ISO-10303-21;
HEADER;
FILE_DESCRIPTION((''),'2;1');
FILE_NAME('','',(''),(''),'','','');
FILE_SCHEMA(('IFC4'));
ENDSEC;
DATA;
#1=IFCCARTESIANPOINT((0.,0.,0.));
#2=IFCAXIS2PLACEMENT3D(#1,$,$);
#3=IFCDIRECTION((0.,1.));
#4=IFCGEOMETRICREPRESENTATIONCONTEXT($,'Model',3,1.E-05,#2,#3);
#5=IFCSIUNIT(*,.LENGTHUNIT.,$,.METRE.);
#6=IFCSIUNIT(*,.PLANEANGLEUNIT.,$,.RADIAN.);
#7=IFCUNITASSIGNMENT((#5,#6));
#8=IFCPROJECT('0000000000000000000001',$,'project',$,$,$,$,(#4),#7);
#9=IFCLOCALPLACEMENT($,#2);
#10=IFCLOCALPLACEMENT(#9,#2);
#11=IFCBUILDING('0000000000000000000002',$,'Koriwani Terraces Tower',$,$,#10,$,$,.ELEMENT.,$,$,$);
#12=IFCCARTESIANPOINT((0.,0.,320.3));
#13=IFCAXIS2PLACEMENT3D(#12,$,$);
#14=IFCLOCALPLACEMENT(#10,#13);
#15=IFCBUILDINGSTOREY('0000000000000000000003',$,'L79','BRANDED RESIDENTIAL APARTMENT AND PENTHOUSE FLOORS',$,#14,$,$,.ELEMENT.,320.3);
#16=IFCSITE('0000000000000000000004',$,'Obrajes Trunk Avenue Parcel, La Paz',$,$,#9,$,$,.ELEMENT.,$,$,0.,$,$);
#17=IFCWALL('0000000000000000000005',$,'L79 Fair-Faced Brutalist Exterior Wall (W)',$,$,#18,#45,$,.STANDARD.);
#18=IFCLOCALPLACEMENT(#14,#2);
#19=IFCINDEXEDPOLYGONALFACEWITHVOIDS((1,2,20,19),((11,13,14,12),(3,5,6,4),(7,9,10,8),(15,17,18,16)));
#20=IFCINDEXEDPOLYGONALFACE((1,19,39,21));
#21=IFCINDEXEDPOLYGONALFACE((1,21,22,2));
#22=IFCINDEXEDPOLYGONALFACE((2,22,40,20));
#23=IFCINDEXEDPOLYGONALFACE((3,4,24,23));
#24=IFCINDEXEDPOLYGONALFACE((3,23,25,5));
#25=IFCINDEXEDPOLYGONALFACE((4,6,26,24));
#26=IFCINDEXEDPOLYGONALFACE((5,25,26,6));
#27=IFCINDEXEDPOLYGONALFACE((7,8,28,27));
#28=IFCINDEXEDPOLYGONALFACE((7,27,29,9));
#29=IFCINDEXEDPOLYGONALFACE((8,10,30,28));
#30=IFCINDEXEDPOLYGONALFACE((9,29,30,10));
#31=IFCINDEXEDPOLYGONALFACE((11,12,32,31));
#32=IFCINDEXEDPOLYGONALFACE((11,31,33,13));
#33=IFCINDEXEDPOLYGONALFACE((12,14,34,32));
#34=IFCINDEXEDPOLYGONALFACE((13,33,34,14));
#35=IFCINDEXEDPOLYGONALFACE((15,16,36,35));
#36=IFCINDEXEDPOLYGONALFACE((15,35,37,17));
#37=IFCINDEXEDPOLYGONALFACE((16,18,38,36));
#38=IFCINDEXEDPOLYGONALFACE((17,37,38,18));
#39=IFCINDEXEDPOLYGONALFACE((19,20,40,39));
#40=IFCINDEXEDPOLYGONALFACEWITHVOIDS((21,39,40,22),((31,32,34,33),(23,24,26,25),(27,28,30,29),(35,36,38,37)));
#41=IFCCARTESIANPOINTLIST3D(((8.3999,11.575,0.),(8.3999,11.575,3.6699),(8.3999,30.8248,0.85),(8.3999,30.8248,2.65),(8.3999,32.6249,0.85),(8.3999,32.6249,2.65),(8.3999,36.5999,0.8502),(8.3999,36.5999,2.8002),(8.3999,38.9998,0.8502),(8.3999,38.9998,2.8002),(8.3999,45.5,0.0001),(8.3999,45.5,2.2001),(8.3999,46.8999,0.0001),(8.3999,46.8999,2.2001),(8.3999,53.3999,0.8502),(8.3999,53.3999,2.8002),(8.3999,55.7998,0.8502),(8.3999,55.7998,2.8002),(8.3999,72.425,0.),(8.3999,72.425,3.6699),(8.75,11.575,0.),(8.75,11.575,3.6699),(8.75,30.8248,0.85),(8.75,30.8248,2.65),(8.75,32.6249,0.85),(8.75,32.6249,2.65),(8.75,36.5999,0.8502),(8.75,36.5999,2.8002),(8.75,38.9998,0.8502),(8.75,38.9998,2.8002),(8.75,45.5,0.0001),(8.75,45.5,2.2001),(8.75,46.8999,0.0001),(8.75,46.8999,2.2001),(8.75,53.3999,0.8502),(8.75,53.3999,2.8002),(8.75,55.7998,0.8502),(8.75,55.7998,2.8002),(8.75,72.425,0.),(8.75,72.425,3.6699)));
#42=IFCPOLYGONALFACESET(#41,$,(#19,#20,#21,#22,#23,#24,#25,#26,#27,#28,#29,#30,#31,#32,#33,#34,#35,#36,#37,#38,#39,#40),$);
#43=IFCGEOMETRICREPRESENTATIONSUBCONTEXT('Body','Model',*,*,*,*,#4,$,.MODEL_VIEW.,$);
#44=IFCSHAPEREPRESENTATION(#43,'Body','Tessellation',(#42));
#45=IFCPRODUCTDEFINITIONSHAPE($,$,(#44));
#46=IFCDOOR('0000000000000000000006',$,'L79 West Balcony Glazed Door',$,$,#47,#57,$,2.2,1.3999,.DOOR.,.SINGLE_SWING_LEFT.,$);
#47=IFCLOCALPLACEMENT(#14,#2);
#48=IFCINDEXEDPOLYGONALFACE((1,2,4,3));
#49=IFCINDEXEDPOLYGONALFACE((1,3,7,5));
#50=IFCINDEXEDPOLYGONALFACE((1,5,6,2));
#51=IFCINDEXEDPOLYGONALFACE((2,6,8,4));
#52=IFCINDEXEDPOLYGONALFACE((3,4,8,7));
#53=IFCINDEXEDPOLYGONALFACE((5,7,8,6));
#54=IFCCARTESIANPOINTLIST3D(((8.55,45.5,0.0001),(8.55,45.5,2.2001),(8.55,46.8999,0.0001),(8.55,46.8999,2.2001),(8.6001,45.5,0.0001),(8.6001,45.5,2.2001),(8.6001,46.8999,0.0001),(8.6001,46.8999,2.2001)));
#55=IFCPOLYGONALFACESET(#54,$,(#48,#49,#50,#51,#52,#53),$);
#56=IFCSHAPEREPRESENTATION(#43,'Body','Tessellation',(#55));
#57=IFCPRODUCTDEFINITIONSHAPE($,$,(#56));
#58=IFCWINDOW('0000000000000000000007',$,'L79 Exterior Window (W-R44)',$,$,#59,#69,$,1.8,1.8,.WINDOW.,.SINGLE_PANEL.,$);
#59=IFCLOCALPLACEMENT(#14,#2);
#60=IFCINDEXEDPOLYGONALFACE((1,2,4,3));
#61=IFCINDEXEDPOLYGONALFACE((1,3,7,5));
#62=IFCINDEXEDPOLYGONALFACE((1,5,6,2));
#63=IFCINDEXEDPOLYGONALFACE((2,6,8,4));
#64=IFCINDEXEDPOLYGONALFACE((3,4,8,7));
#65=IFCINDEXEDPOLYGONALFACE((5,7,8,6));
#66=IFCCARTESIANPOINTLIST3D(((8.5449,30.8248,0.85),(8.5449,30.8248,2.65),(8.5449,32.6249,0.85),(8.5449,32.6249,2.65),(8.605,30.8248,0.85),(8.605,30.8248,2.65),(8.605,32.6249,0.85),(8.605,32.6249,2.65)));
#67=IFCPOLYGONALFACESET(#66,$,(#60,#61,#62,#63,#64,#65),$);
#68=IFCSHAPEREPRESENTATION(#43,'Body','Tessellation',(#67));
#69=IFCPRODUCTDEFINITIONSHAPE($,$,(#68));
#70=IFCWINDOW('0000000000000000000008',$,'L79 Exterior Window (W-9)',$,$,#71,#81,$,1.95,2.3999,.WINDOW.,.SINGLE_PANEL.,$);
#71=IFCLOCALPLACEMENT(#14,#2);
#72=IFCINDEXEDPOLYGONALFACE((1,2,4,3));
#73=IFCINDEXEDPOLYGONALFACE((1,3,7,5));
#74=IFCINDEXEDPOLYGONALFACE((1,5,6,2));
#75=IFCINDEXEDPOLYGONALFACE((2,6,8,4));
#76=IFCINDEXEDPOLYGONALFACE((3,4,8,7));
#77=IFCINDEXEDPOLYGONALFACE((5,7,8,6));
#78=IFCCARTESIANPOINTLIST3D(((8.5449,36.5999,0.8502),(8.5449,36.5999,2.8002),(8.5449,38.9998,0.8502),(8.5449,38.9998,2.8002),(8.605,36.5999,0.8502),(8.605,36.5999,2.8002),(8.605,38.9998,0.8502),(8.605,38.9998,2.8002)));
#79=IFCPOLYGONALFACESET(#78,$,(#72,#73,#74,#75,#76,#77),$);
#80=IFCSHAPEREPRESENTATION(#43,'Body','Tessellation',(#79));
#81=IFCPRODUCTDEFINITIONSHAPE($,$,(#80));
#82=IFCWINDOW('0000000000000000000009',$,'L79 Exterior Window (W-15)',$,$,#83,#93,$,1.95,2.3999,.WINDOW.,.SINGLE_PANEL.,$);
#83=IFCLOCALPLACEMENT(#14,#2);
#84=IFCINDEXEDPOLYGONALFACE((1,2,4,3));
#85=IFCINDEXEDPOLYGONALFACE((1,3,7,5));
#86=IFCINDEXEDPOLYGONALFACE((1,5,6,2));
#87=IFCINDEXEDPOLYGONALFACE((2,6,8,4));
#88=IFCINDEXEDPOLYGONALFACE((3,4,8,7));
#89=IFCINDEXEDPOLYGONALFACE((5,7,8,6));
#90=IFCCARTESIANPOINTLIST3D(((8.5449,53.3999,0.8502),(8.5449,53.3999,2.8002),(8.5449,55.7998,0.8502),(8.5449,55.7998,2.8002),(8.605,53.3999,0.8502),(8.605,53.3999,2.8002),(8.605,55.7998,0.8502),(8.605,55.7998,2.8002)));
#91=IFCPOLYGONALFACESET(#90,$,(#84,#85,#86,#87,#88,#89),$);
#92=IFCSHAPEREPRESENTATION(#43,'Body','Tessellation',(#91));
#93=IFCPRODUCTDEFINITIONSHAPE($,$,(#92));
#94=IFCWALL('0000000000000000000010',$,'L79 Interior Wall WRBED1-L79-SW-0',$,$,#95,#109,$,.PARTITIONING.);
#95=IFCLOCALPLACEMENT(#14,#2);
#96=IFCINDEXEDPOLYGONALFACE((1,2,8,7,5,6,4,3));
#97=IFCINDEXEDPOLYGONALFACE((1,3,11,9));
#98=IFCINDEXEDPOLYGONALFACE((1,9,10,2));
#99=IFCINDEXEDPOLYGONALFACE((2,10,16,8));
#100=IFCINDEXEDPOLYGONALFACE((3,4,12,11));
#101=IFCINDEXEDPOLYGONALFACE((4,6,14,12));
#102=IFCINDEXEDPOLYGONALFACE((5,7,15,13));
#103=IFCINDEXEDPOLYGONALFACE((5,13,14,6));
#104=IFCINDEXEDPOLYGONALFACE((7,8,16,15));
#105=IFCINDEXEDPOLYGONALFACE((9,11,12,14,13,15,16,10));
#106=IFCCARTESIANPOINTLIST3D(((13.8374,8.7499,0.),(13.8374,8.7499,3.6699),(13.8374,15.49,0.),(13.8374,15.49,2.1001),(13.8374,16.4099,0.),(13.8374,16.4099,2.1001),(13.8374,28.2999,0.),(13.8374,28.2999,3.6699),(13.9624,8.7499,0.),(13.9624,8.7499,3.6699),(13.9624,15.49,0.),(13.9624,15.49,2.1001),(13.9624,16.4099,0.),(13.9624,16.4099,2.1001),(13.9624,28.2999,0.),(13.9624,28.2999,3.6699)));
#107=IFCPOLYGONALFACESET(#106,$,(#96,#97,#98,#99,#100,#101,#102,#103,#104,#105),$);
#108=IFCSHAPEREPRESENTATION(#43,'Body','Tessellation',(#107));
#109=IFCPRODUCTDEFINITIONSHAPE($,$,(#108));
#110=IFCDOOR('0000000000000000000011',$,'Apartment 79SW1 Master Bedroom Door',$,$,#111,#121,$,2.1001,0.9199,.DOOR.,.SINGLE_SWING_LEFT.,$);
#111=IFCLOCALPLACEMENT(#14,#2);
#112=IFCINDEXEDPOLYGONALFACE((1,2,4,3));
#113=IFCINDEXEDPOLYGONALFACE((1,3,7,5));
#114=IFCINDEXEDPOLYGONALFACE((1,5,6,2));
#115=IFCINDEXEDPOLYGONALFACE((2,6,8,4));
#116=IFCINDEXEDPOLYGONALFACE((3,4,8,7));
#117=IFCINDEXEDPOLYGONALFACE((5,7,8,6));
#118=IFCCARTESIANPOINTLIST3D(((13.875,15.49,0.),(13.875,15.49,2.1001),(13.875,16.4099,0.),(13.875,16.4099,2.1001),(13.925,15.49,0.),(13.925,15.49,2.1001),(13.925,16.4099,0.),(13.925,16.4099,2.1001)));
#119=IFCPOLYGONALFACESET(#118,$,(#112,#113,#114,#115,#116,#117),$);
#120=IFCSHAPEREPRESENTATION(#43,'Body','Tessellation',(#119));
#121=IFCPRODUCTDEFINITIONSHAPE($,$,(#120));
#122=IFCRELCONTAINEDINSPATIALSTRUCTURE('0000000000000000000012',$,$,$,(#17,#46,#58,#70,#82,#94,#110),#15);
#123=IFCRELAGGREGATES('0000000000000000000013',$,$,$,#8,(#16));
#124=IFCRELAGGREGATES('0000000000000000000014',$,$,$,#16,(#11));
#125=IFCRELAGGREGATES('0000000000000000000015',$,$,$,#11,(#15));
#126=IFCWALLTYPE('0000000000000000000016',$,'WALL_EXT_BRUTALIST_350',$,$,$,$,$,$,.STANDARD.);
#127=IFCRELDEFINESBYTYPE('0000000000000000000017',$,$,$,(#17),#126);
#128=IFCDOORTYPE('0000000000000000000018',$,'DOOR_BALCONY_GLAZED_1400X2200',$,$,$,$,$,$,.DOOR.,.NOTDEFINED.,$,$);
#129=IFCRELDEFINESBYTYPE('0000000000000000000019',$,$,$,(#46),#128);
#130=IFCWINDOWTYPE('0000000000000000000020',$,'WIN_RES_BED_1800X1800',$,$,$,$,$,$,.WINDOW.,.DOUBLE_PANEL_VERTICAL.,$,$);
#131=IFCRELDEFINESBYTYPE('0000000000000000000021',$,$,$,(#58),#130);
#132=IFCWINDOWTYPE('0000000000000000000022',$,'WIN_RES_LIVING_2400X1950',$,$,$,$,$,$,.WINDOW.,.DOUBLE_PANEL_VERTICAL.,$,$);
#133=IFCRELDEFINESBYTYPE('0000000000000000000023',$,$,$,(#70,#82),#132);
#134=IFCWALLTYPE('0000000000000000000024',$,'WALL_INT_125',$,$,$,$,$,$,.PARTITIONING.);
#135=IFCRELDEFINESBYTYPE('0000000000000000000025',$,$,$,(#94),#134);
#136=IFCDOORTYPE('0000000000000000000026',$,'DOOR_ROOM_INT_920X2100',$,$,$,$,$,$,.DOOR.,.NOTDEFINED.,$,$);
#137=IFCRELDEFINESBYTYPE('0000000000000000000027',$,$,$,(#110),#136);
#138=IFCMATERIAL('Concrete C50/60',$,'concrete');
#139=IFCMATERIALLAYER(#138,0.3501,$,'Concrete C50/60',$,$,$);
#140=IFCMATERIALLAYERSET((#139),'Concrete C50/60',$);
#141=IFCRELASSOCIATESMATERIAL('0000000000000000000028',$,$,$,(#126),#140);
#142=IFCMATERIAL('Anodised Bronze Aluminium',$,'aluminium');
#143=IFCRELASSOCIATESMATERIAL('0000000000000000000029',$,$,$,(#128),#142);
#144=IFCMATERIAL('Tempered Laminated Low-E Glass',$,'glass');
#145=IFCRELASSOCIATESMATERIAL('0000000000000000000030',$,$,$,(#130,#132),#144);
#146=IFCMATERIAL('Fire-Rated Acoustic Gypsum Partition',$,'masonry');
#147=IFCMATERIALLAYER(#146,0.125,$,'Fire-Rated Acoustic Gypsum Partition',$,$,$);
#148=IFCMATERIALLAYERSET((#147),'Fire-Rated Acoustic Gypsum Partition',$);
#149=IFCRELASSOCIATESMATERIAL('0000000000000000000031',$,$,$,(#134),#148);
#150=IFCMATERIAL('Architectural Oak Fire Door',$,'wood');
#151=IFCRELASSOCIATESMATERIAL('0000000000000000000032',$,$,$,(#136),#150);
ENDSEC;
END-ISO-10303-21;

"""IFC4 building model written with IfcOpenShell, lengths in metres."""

from ifc_helpers import new_model, si_unit, direction, frame, frame_2d, origin, place, context, subcontext, project, spatial, rectangle, extrude, material, layer, layer_set, type_object, element, fill, save


model = new_model("IFC4")

# Units and contexts
model_context = context("Model", 3, precision=1e-05, world=origin(), true_north=direction((0.0, 1.0)))
body_context = subcontext(model_context, "Body", "Model", "MODEL_VIEW")
ifc_project = project(units=[si_unit("LENGTHUNIT", "METRE"), si_unit("PLANEANGLEUNIT", "RADIAN")], contexts=[model_context])

# Site, building, storey
site_placement = place(None, origin())
site = spatial("IfcSite", under=ifc_project, at=site_placement, Name="Obrajes Trunk Avenue Parcel, La Paz", CompositionType="ELEMENT", RefElevation=0.0)
building_placement = place(site_placement, origin())
building = spatial("IfcBuilding", under=site, at=building_placement, Name="Koriwani Terraces Tower", CompositionType="ELEMENT")
storey_placement = place(building_placement, frame((0.0, 0.0, 320.3)))
storey = spatial("IfcBuildingStorey", under=building, at=storey_placement, Name="L79", Description="BRANDED RESIDENTIAL APARTMENT AND PENTHOUSE FLOORS", CompositionType="ELEMENT", Elevation=320.3)

# Shared definitions
ifc_material_1 = material(Name="Concrete C50/60", Category="concrete")

# Shared definitions
ifc_layer_1 = layer(ifc_material_1, 0.3501, Name="Concrete C50/60")
ifc_layer_set_1 = layer_set([ifc_layer_1], Name="Concrete C50/60")
wall_type_1 = type_object("IfcWallType", Name="WALL_EXT_BRUTALIST_350", PredefinedType="STANDARD", material=ifc_layer_set_1)

# Wall, openings, door, windows
wall_1_placement = place(storey_placement, frame((8.575, 11.575, 0.0), z_axis=(0.0, 0.0, 1.0), x_axis=(0.0, 1.0, 0.0)))
wall_1 = element("IfcWall", 1, at=wall_1_placement, inside=storey, type_object=wall_type_1, Name="L79 Fair-Faced Brutalist Exterior Wall (W)", PredefinedType="STANDARD", context=body_context, shape_type="SweptSolid", body=[
    extrude(rectangle(XDim=60.8501, YDim=0.3501, at=frame_2d((30.425, 0.0))), origin(), (0.0, 0.0, 1.0), 3.6699),
])
opening_1_placement = place(wall_1_placement, frame((33.925, 0.0, 0.0)))
opening_1 = element("IfcOpeningElement", 2, at=opening_1_placement, cuts=wall_1, PredefinedType="OPENING", context=body_context, shape_type="SweptSolid", body=[
    extrude(rectangle(XDim=1.3999, YDim=2.2, at=frame_2d((0.7, 1.1001))), frame((0.0, 0.1851, 0.0), z_axis=(0.0, -1.0, 0.0), x_axis=(1.0, 0.0, 0.0)), (0.0, 0.0, 1.0), 0.3701),
])
opening_2_placement = place(wall_1_placement, frame((25.0249, 0.0, 0.8501)))
opening_2 = element("IfcOpeningElement", 3, at=opening_2_placement, cuts=wall_1, PredefinedType="OPENING", context=body_context, shape_type="SweptSolid", body=[
    extrude(rectangle(XDim=2.3999, YDim=1.95, at=frame_2d((1.2, 0.9751))), frame((0.0, 0.1851, 0.0), z_axis=(0.0, -1.0, 0.0), x_axis=(1.0, 0.0, 0.0)), (0.0, 0.0, 1.0), 0.3701),
])
opening_3_placement = place(wall_1_placement, frame((41.825, 0.0, 0.8501)))
opening_3 = element("IfcOpeningElement", 4, at=opening_3_placement, cuts=wall_1, PredefinedType="OPENING", context=body_context, shape_type="SweptSolid", body=[
    extrude(rectangle(XDim=2.3999, YDim=1.95, at=frame_2d((1.2, 0.9751))), frame((0.0, 0.1851, 0.0), z_axis=(0.0, -1.0, 0.0), x_axis=(1.0, 0.0, 0.0)), (0.0, 0.0, 1.0), 0.3701),
])
opening_4_placement = place(wall_1_placement, frame((19.25, 0.0, 0.8501)))
opening_4 = element("IfcOpeningElement", 5, at=opening_4_placement, cuts=wall_1, PredefinedType="OPENING", context=body_context, shape_type="SweptSolid", body=[
    extrude(rectangle(XDim=1.8, YDim=1.8, at=frame_2d((0.8999, 0.8999))), frame((0.0, 0.1851, 0.0), z_axis=(0.0, -1.0, 0.0), x_axis=(1.0, 0.0, 0.0)), (0.0, 0.0, 1.0), 0.3701),
])
ifc_material_2 = material(Name="Anodised Bronze Aluminium", Category="aluminium")
door_type_1 = type_object("IfcDoorType", Name="DOOR_BALCONY_GLAZED_1400X2200", OperationType="NOTDEFINED", PredefinedType="DOOR", material=ifc_material_2)
door_1_placement = place(opening_1_placement, origin())
door_1 = element("IfcDoor", 6, at=door_1_placement, inside=storey, type_object=door_type_1, Name="L79 West Balcony Glazed Door", OperationType="SINGLE_SWING_LEFT", OverallHeight=2.2, OverallWidth=1.3999, PredefinedType="DOOR", context=body_context, shape_type="SweptSolid", body=[
    extrude(rectangle(XDim=1.3999, YDim=2.2, at=frame_2d((0.7, 1.1001))), frame((0.0, 0.0249, 0.0), z_axis=(0.0, -1.0, 0.0), x_axis=(1.0, 0.0, 0.0)), (0.0, 0.0, 1.0), 0.05),
])
fill(opening_1, door_1)
ifc_material_3 = material(Name="Tempered Laminated Low-E Glass", Category="glass")
window_type_1 = type_object("IfcWindowType", Name="WIN_RES_BED_1800X1800", PartitioningType="DOUBLE_PANEL_VERTICAL", PredefinedType="WINDOW", material=ifc_material_3)
window_1_placement = place(opening_4_placement, origin())
window_1 = element("IfcWindow", 7, at=window_1_placement, inside=storey, type_object=window_type_1, Name="L79 Exterior Window (W-R44)", OverallHeight=1.8, OverallWidth=1.8, PartitioningType="SINGLE_PANEL", PredefinedType="WINDOW", context=body_context, shape_type="SweptSolid", body=[
    extrude(rectangle(XDim=1.8, YDim=1.8, at=frame_2d((0.8999, 0.8999))), frame((0.0, 0.03, 0.0), z_axis=(0.0, -1.0, 0.0), x_axis=(1.0, 0.0, 0.0)), (0.0, 0.0, 1.0), 0.0601),
])
fill(opening_4, window_1)
window_type_2 = type_object("IfcWindowType", Name="WIN_RES_LIVING_2400X1950", PartitioningType="DOUBLE_PANEL_VERTICAL", PredefinedType="WINDOW", material=ifc_material_3)
window_2_placement = place(opening_2_placement, origin())
window_2 = element("IfcWindow", 8, at=window_2_placement, inside=storey, type_object=window_type_2, Name="L79 Exterior Window (W-9)", OverallHeight=1.95, OverallWidth=2.3999, PartitioningType="SINGLE_PANEL", PredefinedType="WINDOW", context=body_context, shape_type="SweptSolid", body=[
    extrude(rectangle(XDim=2.3999, YDim=1.95, at=frame_2d((1.2, 0.9751))), frame((0.0, 0.03, 0.0), z_axis=(0.0, -1.0, 0.0), x_axis=(1.0, 0.0, 0.0)), (0.0, 0.0, 1.0), 0.0601),
])
fill(opening_2, window_2)
window_3_placement = place(opening_3_placement, origin())
window_3 = element("IfcWindow", 9, at=window_3_placement, inside=storey, type_object=window_type_2, Name="L79 Exterior Window (W-15)", OverallHeight=1.95, OverallWidth=2.3999, PartitioningType="SINGLE_PANEL", PredefinedType="WINDOW", context=body_context, shape_type="SweptSolid", body=[
    extrude(rectangle(XDim=2.3999, YDim=1.95, at=frame_2d((1.2, 0.9751))), frame((0.0, 0.03, 0.0), z_axis=(0.0, -1.0, 0.0), x_axis=(1.0, 0.0, 0.0)), (0.0, 0.0, 1.0), 0.0601),
])
fill(opening_3, window_3)

# Wall, opening, door
ifc_material_4 = material(Name="Fire-Rated Acoustic Gypsum Partition", Category="masonry")
ifc_layer_2 = layer(ifc_material_4, 0.125, Name="Fire-Rated Acoustic Gypsum Partition")
ifc_layer_set_2 = layer_set([ifc_layer_2], Name="Fire-Rated Acoustic Gypsum Partition")
wall_type_2 = type_object("IfcWallType", Name="WALL_INT_125", PredefinedType="PARTITIONING", material=ifc_layer_set_2)
wall_2_placement = place(storey_placement, frame((13.8999, 8.75, 0.0), z_axis=(0.0, 0.0, 1.0), x_axis=(0.0, 1.0, 0.0)))
wall_2 = element("IfcWall", 10, at=wall_2_placement, inside=storey, type_object=wall_type_2, Name="L79 Interior Wall WRBED1-L79-SW-0", PredefinedType="PARTITIONING", context=body_context, shape_type="SweptSolid", body=[
    extrude(rectangle(XDim=19.55, YDim=0.125, at=frame_2d((9.7749, 0.0))), origin(), (0.0, 0.0, 1.0), 3.6699),
])
opening_5_placement = place(wall_2_placement, frame((6.74, 0.0, 0.0)))
opening_5 = element("IfcOpeningElement", 11, at=opening_5_placement, cuts=wall_2, PredefinedType="OPENING", context=body_context, shape_type="SweptSolid", body=[
    extrude(rectangle(XDim=0.9199, YDim=2.1001, at=frame_2d((0.46, 1.05))), frame((0.0, 0.0725, 0.0), z_axis=(0.0, -1.0, 0.0), x_axis=(1.0, 0.0, 0.0)), (0.0, 0.0, 1.0), 0.145),
])
ifc_material_5 = material(Name="Architectural Oak Fire Door", Category="wood")
door_type_2 = type_object("IfcDoorType", Name="DOOR_ROOM_INT_920X2100", OperationType="NOTDEFINED", PredefinedType="DOOR", material=ifc_material_5)
door_2_placement = place(opening_5_placement, origin())
door_2 = element("IfcDoor", 12, at=door_2_placement, inside=storey, type_object=door_type_2, Name="Apartment 79SW1 Master Bedroom Door", OperationType="SINGLE_SWING_LEFT", OverallHeight=2.1001, OverallWidth=0.9199, PredefinedType="DOOR", context=body_context, shape_type="SweptSolid", body=[
    extrude(rectangle(XDim=0.9199, YDim=2.1001, at=frame_2d((0.46, 1.05))), frame((0.0, 0.0249, 0.0), z_axis=(0.0, -1.0, 0.0), x_axis=(1.0, 0.0, 0.0)), (0.0, 0.0, 1.0), 0.05),
])
fill(opening_5, door_2)

save(model, "model.ifc")
